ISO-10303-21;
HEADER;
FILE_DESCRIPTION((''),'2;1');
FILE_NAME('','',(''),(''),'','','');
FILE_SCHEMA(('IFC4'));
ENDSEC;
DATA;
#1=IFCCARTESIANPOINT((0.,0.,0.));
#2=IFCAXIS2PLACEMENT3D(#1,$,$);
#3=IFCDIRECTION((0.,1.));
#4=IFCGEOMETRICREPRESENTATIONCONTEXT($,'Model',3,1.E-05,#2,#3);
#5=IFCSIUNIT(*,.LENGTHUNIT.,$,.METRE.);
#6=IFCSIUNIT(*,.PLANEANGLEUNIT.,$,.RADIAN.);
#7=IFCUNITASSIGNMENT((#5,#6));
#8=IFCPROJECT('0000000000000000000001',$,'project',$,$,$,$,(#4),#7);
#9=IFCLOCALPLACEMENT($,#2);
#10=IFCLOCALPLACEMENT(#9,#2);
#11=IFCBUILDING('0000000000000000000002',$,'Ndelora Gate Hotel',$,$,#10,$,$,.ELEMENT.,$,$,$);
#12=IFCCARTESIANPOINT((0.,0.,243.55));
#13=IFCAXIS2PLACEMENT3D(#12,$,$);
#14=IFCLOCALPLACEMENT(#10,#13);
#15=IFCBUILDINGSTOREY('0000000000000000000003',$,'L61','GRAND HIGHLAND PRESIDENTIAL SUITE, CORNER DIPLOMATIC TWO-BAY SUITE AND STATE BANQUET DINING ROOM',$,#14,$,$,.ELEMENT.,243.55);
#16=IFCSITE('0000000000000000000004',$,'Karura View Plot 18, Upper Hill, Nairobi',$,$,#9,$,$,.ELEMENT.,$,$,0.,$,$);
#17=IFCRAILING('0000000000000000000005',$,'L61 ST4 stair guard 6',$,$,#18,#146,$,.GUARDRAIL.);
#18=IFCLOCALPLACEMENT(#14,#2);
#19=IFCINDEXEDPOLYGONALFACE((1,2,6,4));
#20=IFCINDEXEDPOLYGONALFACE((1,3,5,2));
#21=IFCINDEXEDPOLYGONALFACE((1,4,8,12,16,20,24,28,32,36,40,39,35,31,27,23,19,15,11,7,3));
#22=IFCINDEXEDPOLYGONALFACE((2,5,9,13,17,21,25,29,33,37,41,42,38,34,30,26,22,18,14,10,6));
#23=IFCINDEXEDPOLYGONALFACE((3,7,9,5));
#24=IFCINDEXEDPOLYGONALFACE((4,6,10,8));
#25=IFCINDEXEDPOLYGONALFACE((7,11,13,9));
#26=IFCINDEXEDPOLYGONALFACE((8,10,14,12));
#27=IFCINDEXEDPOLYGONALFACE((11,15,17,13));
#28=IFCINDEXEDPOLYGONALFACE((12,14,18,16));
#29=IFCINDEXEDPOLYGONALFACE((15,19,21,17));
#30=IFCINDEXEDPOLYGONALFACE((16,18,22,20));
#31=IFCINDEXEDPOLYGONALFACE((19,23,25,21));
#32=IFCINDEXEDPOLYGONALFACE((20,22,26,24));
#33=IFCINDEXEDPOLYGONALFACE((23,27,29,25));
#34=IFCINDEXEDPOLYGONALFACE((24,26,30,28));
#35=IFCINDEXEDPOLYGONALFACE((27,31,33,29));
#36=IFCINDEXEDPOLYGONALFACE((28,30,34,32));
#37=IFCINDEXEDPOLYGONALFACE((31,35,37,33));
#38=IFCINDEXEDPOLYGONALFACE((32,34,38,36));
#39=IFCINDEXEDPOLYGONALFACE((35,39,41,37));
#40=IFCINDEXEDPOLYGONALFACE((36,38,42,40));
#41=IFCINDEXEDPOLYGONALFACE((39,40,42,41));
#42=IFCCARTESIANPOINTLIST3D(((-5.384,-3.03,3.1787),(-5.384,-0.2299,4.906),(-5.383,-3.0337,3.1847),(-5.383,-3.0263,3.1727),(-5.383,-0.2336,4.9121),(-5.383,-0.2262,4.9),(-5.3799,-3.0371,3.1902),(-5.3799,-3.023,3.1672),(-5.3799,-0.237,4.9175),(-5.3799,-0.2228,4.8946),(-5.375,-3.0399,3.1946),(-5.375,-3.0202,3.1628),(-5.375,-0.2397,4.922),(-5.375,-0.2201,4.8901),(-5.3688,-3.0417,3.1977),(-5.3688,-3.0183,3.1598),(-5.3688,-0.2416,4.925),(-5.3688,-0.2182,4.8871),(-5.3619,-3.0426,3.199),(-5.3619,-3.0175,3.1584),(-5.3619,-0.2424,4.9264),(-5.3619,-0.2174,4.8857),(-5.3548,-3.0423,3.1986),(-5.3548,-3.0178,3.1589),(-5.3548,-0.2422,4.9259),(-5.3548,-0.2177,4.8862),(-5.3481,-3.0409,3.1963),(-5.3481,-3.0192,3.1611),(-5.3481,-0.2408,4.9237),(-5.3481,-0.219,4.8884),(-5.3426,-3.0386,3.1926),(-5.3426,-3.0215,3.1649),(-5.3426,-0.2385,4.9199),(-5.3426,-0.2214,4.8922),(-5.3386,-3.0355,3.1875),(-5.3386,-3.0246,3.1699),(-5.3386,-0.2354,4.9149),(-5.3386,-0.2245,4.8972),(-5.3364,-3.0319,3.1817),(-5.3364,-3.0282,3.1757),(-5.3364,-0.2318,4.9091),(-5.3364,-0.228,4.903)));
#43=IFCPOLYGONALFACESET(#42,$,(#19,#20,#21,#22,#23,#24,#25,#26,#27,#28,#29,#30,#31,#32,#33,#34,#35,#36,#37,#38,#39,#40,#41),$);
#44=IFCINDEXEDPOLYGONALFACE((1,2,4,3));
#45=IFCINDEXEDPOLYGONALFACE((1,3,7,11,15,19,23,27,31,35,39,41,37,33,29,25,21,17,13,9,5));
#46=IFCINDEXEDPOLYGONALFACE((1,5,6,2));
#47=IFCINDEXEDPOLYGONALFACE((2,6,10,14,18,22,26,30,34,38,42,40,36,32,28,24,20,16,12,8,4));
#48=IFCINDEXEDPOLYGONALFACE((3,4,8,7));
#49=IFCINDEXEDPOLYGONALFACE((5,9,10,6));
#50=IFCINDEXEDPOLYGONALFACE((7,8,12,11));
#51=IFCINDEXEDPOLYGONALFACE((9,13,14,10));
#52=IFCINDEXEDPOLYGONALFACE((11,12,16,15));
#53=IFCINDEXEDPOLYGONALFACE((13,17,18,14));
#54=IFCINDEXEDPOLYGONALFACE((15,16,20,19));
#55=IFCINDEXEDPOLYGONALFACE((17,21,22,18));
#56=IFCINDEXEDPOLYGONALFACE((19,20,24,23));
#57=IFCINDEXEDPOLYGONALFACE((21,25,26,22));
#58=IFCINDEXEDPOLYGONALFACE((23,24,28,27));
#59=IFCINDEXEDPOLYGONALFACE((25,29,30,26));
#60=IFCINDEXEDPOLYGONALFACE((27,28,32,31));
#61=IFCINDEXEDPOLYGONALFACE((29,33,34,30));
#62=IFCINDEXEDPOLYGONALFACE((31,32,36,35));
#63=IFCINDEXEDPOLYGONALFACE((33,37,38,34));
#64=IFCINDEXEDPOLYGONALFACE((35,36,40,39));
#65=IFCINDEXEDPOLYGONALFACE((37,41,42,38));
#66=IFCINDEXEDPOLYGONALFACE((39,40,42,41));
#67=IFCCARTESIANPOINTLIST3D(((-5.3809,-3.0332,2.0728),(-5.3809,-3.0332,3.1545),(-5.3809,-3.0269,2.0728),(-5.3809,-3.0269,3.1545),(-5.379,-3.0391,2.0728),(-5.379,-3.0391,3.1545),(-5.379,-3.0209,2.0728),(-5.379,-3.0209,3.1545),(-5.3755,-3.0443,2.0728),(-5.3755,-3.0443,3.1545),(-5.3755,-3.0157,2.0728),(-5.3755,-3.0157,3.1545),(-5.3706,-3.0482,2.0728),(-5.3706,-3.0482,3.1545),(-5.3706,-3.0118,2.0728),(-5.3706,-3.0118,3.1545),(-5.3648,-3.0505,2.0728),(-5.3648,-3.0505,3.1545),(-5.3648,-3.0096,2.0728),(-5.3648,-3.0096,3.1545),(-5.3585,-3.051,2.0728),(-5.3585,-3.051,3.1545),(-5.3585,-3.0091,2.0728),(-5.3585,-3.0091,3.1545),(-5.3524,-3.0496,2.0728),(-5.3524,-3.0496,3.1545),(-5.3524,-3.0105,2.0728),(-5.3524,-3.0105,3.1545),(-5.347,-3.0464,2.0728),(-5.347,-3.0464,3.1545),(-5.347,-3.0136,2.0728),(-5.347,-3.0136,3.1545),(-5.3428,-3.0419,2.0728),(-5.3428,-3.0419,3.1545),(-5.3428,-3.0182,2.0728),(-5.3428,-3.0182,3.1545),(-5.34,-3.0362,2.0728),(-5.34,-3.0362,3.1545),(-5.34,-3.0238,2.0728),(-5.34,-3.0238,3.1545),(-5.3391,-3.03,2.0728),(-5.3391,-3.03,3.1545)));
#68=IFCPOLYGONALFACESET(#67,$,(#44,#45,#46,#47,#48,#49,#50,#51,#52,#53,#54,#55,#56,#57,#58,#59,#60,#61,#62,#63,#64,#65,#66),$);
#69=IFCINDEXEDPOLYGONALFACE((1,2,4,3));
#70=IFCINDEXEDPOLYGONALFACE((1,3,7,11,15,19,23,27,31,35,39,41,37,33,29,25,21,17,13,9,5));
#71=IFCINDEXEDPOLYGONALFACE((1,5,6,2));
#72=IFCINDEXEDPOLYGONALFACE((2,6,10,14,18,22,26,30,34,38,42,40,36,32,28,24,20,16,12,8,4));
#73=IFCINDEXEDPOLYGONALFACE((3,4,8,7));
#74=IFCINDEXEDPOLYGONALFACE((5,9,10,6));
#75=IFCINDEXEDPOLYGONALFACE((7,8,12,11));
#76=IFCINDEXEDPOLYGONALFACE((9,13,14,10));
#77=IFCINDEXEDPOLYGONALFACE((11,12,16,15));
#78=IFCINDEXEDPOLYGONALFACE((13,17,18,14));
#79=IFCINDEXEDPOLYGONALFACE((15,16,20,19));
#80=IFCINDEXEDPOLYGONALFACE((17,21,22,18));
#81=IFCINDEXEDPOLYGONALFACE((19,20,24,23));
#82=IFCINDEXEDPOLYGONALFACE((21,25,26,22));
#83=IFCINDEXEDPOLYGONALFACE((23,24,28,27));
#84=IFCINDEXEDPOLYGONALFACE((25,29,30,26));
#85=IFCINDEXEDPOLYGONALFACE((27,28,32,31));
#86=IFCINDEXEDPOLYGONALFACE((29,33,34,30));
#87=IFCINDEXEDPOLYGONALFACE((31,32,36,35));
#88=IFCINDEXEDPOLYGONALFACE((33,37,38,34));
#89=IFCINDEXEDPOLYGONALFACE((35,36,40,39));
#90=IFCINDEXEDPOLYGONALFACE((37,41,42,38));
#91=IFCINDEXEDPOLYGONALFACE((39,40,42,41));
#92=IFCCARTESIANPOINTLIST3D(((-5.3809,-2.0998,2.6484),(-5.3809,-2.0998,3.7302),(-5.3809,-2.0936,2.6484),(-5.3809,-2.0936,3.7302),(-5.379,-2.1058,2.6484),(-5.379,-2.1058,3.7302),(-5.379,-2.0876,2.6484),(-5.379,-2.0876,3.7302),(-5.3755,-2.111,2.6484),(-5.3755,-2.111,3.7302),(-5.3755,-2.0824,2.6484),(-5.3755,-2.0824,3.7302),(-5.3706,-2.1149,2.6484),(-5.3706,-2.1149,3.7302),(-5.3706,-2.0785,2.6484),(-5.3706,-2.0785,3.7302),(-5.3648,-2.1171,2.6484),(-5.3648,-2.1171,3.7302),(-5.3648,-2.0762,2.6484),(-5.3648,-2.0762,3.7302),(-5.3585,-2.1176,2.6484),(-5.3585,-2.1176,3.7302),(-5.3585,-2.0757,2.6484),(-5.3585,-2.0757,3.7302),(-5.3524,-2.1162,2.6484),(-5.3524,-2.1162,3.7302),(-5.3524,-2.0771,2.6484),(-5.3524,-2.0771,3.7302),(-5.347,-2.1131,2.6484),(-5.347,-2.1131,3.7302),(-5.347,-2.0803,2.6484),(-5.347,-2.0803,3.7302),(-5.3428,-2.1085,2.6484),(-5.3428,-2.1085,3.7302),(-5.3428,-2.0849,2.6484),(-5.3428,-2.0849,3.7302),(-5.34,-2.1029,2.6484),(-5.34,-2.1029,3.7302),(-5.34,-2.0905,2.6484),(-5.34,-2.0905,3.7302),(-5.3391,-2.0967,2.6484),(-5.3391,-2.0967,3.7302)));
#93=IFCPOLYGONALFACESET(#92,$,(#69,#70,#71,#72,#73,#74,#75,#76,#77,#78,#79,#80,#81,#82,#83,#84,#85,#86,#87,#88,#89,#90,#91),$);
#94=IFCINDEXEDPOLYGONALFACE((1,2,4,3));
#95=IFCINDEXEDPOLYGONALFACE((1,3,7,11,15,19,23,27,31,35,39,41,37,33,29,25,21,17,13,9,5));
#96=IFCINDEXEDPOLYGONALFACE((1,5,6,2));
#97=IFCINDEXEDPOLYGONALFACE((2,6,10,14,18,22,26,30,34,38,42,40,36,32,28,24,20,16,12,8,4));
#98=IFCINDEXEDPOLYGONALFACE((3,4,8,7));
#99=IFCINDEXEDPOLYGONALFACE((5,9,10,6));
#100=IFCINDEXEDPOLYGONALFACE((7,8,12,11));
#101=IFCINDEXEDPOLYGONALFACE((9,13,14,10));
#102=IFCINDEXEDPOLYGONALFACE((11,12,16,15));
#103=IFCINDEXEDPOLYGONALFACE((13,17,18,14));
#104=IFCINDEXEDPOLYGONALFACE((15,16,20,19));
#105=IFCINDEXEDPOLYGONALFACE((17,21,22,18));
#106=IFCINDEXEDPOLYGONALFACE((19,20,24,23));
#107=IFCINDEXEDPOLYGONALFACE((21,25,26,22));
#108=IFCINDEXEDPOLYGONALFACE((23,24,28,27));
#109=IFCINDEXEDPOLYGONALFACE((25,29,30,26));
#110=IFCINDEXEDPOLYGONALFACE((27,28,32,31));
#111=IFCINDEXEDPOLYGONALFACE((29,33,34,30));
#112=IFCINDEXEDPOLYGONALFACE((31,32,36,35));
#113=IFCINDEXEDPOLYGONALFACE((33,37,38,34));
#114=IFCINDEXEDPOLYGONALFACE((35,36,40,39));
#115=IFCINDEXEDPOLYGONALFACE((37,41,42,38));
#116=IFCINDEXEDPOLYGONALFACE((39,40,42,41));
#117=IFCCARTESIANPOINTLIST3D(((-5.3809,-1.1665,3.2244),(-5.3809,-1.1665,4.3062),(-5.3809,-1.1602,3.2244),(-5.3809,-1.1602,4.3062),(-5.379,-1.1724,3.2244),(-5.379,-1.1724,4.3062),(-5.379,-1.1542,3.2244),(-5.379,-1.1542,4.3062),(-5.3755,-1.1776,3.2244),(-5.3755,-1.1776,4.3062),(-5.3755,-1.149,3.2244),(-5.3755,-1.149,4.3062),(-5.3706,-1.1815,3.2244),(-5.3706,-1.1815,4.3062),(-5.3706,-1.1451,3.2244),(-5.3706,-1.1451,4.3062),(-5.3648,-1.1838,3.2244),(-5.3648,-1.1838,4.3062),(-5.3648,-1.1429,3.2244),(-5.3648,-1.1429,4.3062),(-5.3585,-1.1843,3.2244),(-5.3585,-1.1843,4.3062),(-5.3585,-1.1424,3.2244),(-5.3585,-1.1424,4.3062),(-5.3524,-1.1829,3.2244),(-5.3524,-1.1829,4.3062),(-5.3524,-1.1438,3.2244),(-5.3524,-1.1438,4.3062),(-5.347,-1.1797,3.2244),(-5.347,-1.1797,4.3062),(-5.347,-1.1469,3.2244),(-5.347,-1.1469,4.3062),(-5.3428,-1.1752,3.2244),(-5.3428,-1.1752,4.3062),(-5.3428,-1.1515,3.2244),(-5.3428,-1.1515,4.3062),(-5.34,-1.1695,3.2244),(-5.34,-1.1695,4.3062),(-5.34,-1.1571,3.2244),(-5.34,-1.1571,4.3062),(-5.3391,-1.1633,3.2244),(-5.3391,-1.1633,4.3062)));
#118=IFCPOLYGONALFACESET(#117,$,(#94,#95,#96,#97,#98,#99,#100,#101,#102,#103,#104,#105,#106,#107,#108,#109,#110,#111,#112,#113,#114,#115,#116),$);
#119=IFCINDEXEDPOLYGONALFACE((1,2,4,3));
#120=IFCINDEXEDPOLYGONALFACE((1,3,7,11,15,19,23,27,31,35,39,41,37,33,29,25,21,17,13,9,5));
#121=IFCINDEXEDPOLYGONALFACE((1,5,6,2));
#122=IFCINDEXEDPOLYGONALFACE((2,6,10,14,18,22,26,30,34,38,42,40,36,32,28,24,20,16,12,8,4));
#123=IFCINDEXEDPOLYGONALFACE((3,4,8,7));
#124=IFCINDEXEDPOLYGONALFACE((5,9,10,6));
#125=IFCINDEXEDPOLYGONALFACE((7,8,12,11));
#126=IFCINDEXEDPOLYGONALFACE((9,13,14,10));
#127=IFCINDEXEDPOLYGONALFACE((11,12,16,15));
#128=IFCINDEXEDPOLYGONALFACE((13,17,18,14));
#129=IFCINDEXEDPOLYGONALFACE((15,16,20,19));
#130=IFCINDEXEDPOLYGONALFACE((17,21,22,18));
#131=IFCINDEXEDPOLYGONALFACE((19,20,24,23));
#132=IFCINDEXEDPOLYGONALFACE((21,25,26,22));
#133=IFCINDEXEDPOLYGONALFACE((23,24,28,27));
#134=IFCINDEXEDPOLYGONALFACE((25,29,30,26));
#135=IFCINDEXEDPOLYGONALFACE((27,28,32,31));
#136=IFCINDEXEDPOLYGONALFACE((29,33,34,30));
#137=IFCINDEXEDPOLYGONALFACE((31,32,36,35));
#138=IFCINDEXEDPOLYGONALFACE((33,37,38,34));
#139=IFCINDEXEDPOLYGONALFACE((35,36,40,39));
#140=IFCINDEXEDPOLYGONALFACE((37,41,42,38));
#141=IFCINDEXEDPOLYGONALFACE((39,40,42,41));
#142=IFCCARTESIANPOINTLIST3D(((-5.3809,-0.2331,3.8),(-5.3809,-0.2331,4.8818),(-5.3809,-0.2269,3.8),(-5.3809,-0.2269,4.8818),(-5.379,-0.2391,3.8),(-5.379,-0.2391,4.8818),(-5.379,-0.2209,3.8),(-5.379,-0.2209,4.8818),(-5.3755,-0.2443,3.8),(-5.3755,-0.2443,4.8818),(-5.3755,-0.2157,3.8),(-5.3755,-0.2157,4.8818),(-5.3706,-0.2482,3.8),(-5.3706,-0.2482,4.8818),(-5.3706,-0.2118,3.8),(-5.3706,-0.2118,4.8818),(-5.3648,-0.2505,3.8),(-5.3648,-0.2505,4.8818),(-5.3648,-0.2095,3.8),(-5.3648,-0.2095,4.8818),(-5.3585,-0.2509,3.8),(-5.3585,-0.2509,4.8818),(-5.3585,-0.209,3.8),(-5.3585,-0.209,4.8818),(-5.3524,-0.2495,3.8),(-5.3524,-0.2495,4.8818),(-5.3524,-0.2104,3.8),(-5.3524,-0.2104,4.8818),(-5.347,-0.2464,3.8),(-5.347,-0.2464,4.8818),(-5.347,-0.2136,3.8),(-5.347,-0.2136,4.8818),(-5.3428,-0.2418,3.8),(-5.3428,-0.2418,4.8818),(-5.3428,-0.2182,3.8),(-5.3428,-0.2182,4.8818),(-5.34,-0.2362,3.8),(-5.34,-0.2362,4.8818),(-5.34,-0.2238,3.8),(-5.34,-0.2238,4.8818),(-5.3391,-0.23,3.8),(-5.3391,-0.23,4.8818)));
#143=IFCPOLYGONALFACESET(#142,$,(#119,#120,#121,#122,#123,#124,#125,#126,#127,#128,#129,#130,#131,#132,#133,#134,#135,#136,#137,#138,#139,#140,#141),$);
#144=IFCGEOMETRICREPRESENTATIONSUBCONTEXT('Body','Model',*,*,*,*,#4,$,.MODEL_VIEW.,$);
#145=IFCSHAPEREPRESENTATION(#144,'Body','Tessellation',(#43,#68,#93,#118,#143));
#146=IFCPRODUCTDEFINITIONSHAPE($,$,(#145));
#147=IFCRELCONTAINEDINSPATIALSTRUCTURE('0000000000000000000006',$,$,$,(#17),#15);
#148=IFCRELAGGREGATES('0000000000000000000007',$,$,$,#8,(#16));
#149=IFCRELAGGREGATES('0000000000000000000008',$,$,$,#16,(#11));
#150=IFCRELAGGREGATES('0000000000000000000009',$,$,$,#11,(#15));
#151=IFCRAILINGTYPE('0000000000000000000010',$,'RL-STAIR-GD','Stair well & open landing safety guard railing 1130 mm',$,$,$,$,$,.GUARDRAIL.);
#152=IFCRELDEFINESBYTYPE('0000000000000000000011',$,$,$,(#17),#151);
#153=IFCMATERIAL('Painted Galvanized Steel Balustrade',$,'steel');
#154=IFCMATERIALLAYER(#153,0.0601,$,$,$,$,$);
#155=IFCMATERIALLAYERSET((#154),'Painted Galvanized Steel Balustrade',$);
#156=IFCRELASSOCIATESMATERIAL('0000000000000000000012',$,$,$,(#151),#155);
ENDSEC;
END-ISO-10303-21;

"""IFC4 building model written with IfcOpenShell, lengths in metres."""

from ifc_helpers import new_model, si_unit, direction, frame, origin, origin_2d, place, context, subcontext, project, spatial, circle, extrude, material, layer, layer_set, type_object, element, save


model = new_model("IFC4")

# Units and contexts
model_context = context("Model", 3, precision=1e-05, world=origin(), true_north=direction((0.0, 1.0)))
body_context = subcontext(model_context, "Body", "Model", "MODEL_VIEW")
ifc_project = project(units=[si_unit("LENGTHUNIT", "METRE"), si_unit("PLANEANGLEUNIT", "RADIAN")], contexts=[model_context])

# Site, building, storey
site_placement = place(None, origin())
site = spatial("IfcSite", under=ifc_project, at=site_placement, Name="Karura View Plot 18, Upper Hill, Nairobi", CompositionType="ELEMENT", RefElevation=0.0)
building_placement = place(site_placement, origin())
building = spatial("IfcBuilding", under=site, at=building_placement, Name="Ndelora Gate Hotel", CompositionType="ELEMENT")
storey_placement = place(building_placement, frame((0.0, 0.0, 243.55)))
storey = spatial("IfcBuildingStorey", under=building, at=storey_placement, Name="L61", Description="GRAND HIGHLAND PRESIDENTIAL SUITE, CORNER DIPLOMATIC TWO-BAY SUITE AND STATE BANQUET DINING ROOM", CompositionType="ELEMENT", Elevation=243.55)

# Railing
ifc_material_1 = material(Name="Painted Galvanized Steel Balustrade", Category="steel")
ifc_layer_1 = layer(ifc_material_1, 0.0601)
ifc_layer_set_1 = layer_set([ifc_layer_1], Name="Painted Galvanized Steel Balustrade")
railing_type_1 = type_object("IfcRailingType", Name="RL-STAIR-GD", Description="Stair well & open landing safety guard railing 1130 mm", PredefinedType="GUARDRAIL", material=ifc_layer_set_1)
railing_1_placement = place(storey_placement, frame((-5.3601, -3.03, 2.0728)))
element("IfcRailing", 1, at=railing_1_placement, inside=storey, type_object=railing_type_1, Name="L61 ST4 stair guard 6", PredefinedType="GUARDRAIL", context=body_context, shape_type="SweptSolid", body=[
    extrude(circle(Radius=0.0239, at=origin_2d()), frame((0.0, 0.0, 1.106), z_axis=(0.0, 0.85109, 0.52502), x_axis=(-1.0, 0.0, 0.0)), (0.0, 0.0, 1.0), 3.29),
    extrude(circle(Radius=0.021, at=origin_2d()), origin(), (0.0, 0.0, 1.0), 1.0818),
    extrude(circle(Radius=0.021, at=origin_2d()), frame((0.0, 0.9333, 0.5757)), (0.0, 0.0, 1.0), 1.0818),
    extrude(circle(Radius=0.021, at=origin_2d()), frame((0.0, 1.8667, 1.1516)), (0.0, 0.0, 1.0), 1.0818),
    extrude(circle(Radius=0.021, at=origin_2d()), frame((0.0, 2.8, 1.7273)), (0.0, 0.0, 1.0), 1.0818),
])

save(model, "model.ifc")
